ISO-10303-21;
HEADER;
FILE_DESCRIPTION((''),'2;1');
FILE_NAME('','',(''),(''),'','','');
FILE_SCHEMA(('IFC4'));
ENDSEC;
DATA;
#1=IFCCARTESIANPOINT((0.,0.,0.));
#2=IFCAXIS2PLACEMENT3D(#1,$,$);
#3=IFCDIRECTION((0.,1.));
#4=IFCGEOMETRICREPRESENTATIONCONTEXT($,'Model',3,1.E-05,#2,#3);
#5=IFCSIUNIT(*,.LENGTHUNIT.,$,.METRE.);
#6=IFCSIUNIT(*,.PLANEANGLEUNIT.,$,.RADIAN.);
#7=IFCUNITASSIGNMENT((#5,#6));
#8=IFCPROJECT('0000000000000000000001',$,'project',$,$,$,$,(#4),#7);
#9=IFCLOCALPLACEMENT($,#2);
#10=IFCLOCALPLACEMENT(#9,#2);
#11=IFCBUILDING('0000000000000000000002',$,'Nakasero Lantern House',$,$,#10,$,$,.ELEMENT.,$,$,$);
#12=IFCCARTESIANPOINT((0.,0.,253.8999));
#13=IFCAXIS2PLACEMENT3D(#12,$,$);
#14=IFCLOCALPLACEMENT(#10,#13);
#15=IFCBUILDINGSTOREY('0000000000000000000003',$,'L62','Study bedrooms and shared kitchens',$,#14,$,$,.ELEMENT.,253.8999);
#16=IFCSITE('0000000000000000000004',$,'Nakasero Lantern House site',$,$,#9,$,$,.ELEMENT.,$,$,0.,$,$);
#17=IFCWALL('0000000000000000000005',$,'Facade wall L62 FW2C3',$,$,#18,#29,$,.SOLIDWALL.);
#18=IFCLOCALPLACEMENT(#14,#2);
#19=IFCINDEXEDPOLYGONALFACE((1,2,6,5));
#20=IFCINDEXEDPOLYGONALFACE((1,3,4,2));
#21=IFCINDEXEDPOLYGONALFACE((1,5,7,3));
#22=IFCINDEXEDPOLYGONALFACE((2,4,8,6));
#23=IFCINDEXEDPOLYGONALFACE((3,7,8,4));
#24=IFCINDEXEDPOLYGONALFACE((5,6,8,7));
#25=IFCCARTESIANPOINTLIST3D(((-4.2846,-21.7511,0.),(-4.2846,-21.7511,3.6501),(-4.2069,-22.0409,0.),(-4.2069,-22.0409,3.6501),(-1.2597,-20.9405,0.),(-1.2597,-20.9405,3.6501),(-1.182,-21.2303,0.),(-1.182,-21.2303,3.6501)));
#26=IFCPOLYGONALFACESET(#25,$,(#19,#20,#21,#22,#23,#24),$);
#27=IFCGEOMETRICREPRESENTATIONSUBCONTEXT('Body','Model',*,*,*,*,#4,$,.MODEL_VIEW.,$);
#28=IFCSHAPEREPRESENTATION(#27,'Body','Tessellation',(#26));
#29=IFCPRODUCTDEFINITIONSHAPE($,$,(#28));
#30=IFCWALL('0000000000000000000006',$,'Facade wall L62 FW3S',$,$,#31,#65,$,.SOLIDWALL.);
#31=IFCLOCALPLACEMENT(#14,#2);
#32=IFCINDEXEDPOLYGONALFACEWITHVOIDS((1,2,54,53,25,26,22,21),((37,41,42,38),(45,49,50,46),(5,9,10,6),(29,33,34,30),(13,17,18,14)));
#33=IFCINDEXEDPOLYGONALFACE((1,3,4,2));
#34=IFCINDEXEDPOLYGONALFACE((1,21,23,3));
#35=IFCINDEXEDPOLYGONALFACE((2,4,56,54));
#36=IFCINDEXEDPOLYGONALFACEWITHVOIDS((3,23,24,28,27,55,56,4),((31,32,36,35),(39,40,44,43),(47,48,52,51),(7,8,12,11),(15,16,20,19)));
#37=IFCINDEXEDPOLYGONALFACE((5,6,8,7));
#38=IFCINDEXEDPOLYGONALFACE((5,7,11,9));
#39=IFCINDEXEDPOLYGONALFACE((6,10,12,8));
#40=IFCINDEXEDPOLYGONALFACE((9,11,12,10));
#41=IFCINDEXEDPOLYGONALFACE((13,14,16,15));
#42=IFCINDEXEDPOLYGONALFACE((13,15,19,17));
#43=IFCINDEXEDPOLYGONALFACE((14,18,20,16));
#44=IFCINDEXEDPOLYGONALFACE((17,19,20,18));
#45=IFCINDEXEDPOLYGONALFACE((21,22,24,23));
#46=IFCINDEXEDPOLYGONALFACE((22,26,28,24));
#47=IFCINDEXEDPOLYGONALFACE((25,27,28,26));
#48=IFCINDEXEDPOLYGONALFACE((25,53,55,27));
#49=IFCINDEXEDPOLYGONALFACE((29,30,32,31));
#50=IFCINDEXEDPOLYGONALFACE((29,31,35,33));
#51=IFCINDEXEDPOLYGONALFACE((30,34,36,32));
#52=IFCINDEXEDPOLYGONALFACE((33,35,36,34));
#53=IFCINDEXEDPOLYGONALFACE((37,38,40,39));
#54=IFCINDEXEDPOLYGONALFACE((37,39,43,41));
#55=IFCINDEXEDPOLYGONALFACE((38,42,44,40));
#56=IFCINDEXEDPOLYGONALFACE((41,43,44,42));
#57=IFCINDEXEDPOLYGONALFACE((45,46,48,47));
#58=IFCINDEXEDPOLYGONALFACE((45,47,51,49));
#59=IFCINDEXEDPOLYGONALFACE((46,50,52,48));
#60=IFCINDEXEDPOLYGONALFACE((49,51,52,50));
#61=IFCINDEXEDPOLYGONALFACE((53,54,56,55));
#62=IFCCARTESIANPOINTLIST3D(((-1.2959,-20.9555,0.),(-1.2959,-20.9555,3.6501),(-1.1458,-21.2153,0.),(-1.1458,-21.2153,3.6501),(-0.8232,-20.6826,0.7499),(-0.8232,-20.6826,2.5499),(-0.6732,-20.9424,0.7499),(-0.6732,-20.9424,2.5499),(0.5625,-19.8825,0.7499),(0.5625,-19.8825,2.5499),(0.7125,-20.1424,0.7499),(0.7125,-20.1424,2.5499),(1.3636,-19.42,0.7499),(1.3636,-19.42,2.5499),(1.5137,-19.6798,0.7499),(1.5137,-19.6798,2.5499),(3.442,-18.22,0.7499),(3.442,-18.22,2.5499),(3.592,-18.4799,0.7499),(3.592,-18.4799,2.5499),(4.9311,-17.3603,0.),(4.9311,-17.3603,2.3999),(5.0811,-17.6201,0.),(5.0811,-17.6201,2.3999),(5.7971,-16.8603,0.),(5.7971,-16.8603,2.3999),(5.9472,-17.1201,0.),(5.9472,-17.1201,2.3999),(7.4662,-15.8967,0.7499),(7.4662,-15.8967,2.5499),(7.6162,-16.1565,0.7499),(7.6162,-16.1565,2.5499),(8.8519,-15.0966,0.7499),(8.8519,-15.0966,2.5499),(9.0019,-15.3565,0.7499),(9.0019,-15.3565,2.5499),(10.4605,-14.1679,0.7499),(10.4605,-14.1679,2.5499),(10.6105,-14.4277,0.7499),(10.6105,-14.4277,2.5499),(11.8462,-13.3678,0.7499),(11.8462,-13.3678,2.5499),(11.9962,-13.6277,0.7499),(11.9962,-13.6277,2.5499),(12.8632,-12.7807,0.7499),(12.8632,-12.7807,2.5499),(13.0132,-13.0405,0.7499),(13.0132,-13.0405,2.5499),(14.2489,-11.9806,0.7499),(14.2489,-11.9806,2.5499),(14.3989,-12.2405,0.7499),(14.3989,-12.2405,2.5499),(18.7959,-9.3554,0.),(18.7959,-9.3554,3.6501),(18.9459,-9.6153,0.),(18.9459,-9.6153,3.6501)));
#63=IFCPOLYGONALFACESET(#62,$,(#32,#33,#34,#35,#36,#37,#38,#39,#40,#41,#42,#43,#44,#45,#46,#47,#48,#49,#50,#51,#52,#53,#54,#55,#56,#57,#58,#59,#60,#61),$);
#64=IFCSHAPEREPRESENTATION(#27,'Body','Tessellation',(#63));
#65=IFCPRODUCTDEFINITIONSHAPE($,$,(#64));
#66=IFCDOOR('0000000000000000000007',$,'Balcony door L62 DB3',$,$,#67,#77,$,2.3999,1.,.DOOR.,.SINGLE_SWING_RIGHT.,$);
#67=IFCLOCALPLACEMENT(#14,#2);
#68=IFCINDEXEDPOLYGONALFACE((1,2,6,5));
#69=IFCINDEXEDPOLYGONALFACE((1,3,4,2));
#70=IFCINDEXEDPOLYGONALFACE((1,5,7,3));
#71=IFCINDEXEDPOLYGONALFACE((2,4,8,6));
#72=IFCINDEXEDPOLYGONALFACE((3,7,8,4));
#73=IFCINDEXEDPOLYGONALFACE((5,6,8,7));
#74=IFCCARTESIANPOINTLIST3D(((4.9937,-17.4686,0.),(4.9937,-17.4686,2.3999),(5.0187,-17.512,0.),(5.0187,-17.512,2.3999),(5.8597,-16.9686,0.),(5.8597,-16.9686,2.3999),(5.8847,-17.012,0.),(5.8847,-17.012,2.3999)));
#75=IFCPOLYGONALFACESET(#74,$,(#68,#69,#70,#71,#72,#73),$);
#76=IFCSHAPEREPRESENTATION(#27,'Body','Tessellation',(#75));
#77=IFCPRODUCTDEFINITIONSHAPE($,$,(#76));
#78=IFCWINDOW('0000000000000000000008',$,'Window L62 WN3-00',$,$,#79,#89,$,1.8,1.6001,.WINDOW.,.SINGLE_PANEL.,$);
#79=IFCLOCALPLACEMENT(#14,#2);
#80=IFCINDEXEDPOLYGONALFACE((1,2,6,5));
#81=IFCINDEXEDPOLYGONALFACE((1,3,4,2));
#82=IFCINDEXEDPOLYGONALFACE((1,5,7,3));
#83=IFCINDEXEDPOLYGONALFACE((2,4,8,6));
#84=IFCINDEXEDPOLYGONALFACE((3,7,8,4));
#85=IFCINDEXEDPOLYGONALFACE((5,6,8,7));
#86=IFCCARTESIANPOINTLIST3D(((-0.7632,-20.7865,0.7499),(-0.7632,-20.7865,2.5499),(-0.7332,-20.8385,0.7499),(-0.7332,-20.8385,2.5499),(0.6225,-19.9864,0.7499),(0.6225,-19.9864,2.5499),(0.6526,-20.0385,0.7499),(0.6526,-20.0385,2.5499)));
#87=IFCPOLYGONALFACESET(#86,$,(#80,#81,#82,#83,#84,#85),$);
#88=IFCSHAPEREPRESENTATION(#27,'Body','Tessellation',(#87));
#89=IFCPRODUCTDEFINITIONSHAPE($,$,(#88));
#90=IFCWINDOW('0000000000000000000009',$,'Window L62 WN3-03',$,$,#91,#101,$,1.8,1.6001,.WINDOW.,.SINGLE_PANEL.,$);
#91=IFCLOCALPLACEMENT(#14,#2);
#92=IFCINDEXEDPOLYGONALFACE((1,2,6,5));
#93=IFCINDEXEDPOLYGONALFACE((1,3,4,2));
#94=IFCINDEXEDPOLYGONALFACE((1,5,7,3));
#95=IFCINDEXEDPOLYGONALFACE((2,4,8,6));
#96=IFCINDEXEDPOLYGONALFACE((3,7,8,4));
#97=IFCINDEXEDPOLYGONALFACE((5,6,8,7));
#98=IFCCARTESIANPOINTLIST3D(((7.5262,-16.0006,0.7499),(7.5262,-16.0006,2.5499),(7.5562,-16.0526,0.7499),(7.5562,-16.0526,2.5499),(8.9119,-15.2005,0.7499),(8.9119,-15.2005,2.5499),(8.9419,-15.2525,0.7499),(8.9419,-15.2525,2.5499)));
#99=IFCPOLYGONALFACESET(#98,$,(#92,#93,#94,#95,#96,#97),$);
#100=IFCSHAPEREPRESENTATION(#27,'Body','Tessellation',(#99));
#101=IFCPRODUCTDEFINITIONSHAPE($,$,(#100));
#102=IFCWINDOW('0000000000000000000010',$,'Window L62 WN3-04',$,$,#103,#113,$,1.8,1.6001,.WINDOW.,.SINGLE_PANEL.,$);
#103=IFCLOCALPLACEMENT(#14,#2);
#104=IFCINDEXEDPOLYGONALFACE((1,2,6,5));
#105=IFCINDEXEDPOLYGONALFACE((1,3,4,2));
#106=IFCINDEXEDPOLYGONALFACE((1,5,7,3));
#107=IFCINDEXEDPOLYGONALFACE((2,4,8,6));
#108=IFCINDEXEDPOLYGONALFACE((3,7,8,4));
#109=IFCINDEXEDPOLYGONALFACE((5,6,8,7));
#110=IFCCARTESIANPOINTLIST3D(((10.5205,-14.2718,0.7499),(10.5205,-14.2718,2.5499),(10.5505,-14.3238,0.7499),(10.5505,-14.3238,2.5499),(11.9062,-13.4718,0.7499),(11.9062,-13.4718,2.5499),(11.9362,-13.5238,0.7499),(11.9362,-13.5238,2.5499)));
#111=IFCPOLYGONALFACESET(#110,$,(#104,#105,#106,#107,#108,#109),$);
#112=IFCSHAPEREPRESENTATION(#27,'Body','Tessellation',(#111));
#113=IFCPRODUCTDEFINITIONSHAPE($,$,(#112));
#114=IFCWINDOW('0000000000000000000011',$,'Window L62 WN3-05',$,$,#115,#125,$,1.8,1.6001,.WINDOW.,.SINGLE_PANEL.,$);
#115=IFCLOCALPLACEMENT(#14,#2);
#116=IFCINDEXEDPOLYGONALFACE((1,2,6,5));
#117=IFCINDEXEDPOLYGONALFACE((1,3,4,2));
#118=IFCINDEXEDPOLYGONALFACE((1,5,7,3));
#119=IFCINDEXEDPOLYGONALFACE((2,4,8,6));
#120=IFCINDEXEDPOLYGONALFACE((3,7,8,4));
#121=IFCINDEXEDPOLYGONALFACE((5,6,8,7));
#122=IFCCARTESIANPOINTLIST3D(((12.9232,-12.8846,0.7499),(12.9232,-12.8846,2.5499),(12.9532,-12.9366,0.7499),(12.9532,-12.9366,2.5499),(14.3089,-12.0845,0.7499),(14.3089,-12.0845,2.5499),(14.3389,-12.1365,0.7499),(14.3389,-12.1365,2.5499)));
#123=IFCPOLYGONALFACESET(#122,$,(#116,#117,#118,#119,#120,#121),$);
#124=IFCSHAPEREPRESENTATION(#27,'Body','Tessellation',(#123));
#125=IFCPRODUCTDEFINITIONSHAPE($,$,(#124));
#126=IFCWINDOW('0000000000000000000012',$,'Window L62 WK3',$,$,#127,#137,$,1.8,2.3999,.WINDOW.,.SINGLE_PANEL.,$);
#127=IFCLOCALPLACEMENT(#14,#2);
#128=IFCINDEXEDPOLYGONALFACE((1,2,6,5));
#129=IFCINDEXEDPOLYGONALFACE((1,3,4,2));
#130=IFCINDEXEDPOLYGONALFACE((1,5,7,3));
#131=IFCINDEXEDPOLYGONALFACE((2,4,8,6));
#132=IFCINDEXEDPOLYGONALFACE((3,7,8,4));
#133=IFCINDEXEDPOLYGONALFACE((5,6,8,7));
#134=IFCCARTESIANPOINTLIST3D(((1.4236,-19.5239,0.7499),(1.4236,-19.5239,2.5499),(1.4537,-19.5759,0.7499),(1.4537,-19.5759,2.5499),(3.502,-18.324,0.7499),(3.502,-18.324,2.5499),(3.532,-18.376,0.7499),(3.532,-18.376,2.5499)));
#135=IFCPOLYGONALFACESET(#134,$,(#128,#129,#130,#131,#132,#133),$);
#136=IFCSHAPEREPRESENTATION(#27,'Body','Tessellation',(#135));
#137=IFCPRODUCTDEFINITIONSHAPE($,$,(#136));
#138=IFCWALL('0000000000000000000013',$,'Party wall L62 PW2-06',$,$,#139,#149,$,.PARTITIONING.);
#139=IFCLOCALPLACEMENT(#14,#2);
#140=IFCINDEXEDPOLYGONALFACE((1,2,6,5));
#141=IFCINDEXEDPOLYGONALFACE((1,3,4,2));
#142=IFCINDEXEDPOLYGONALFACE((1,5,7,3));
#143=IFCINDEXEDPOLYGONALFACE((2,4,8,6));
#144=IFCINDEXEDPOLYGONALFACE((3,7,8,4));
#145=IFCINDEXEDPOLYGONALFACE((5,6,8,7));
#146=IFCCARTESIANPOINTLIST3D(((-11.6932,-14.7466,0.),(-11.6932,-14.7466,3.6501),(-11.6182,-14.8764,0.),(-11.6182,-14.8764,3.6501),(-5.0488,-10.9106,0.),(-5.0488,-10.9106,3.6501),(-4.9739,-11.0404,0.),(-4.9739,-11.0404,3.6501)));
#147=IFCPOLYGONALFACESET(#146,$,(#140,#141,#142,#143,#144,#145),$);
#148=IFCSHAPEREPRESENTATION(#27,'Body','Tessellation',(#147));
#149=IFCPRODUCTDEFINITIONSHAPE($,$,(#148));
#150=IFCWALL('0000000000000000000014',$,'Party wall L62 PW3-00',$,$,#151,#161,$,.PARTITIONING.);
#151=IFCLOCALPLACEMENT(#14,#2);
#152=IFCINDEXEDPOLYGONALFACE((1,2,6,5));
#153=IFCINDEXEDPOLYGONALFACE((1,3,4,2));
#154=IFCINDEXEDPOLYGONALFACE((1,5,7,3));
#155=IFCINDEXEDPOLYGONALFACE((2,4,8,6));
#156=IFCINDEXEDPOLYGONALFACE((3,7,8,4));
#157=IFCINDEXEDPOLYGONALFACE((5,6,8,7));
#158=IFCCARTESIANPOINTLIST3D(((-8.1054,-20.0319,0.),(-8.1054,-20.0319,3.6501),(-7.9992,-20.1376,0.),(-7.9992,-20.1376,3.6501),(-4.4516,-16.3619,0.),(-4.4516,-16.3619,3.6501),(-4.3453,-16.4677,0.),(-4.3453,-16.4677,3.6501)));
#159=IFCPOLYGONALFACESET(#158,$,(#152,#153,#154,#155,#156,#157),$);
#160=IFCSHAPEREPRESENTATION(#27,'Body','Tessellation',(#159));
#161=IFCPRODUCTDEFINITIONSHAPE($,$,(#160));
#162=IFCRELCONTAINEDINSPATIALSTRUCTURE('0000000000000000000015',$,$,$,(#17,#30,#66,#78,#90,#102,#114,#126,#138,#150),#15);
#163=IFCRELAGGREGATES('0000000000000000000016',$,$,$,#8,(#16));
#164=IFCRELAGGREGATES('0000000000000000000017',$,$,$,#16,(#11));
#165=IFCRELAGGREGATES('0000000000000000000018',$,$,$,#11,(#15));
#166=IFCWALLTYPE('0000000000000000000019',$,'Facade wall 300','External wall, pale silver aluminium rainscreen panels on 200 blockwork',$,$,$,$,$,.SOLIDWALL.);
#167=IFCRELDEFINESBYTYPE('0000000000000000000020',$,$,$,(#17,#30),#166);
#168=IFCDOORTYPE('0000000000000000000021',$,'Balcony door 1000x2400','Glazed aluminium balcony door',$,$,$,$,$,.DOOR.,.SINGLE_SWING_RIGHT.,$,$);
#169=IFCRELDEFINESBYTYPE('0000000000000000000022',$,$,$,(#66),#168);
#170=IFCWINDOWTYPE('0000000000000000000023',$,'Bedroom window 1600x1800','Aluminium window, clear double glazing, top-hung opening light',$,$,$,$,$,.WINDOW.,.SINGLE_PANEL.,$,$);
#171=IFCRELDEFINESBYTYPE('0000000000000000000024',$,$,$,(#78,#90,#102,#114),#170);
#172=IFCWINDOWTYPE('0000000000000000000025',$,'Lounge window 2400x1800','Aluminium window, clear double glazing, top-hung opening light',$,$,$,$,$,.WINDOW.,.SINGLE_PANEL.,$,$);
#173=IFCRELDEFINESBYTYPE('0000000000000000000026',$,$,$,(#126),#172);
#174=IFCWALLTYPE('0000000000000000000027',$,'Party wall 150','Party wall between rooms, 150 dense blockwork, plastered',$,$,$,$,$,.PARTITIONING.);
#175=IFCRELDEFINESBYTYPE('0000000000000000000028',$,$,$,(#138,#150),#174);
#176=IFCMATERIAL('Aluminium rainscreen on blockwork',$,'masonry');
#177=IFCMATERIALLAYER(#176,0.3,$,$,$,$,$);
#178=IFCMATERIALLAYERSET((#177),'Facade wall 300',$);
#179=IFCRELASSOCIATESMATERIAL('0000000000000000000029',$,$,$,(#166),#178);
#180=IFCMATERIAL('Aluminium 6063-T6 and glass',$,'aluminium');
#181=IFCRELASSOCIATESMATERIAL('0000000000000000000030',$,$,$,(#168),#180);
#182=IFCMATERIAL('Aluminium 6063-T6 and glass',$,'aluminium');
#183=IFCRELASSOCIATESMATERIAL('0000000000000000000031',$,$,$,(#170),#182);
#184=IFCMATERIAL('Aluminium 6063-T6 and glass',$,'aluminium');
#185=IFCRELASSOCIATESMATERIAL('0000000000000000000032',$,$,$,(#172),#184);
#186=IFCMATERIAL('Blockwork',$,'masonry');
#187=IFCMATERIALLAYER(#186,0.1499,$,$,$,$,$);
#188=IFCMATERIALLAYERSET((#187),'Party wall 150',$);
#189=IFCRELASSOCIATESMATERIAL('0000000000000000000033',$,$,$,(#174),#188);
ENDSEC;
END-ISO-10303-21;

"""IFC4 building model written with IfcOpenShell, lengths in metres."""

from ifc_helpers import new_model, si_unit, direction, frame, frame_2d, origin, place, context, subcontext, project, spatial, rectangle, extrude, material, layer, layer_set, type_object, element, fill, save


model = new_model("IFC4")

# Units and contexts
model_context = context("Model", 3, precision=1e-05, world=origin(), true_north=direction((0.0, 1.0)))
body_context = subcontext(model_context, "Body", "Model", "MODEL_VIEW")
ifc_project = project(units=[si_unit("LENGTHUNIT", "METRE"), si_unit("PLANEANGLEUNIT", "RADIAN")], contexts=[model_context])

# Site, building, storey
site_placement = place(None, origin())
site = spatial("IfcSite", under=ifc_project, at=site_placement, Name="Nakasero Lantern House site", CompositionType="ELEMENT", RefElevation=0.0)
building_placement = place(site_placement, origin())
building = spatial("IfcBuilding", under=site, at=building_placement, Name="Nakasero Lantern House", CompositionType="ELEMENT")
storey_placement = place(building_placement, frame((0.0, 0.0, 253.8999)))
storey = spatial("IfcBuildingStorey", under=building, at=storey_placement, Name="L62", Description="Study bedrooms and shared kitchens", CompositionType="ELEMENT", Elevation=253.8999)

# Wall
ifc_material_1 = material(Name="Aluminium rainscreen on blockwork", Category="masonry")
ifc_layer_1 = layer(ifc_material_1, 0.3)
ifc_layer_set_1 = layer_set([ifc_layer_1], Name="Facade wall 300")
wall_type_1 = type_object("IfcWallType", Name="Facade wall 300", Description="External wall, pale silver aluminium rainscreen panels on 200 blockwork", PredefinedType="SOLIDWALL", material=ifc_layer_set_1)
wall_1_placement = place(storey_placement, frame((-4.2458, -21.896, 0.0), z_axis=(0.0, 0.0, 1.0), x_axis=(0.965924, 0.258827, 0.0)))
element("IfcWall", 1, at=wall_1_placement, inside=storey, type_object=wall_type_1, Name="Facade wall L62 FW2C3", PredefinedType="SOLIDWALL", context=body_context, shape_type="SweptSolid", body=[
    extrude(rectangle(XDim=3.1316, YDim=0.3, at=frame_2d((1.5659, 0.0))), origin(), (0.0, 0.0, 1.0), 3.6501),
])

# Wall, openings, door, windows
wall_2_placement = place(storey_placement, frame((-1.2209, -21.0854, 0.0), z_axis=(0.0, 0.0, 1.0), x_axis=(0.866024, 0.500003, 0.0)))
wall_2 = element("IfcWall", 2, at=wall_2_placement, inside=storey, type_object=wall_type_1, Name="Facade wall L62 FW3S", PredefinedType="SOLIDWALL", context=body_context, shape_type="SweptSolid", body=[
    extrude(rectangle(XDim=23.2, YDim=0.3, at=frame_2d((11.6001, 0.0))), origin(), (0.0, 0.0, 1.0), 3.6501),
])
opening_1_placement = place(wall_2_placement, frame((0.5459, 0.0, 0.75)))
opening_1 = element("IfcOpeningElement", 3, at=opening_1_placement, cuts=wall_2, PredefinedType="OPENING", context=body_context, shape_type="SweptSolid", body=[
    extrude(rectangle(XDim=1.6001, YDim=1.8, at=frame_2d((0.8, 0.8999))), frame((0.0, 0.1699, 0.0), z_axis=(0.0, -1.0, 0.0), x_axis=(1.0, 0.0, 0.0)), (0.0, 0.0, 1.0), 0.3401),
])
opening_2_placement = place(wall_2_placement, frame((10.1177, 0.0, 0.75)))
opening_2 = element("IfcOpeningElement", 4, at=opening_2_placement, cuts=wall_2, PredefinedType="OPENING", context=body_context, shape_type="SweptSolid", body=[
    extrude(rectangle(XDim=1.6001, YDim=1.8, at=frame_2d((0.8, 0.8999))), frame((0.0, 0.1699, 0.0), z_axis=(0.0, -1.0, 0.0), x_axis=(1.0, 0.0, 0.0)), (0.0, 0.0, 1.0), 0.3401),
])
opening_3_placement = place(wall_2_placement, frame((13.5752, 0.0, 0.75)))
opening_3 = element("IfcOpeningElement", 5, at=opening_3_placement, cuts=wall_2, PredefinedType="OPENING", context=body_context, shape_type="SweptSolid", body=[
    extrude(rectangle(XDim=1.6001, YDim=1.8, at=frame_2d((0.8, 0.8999))), frame((0.0, 0.1699, 0.0), z_axis=(0.0, -1.0, 0.0), x_axis=(1.0, 0.0, 0.0)), (0.0, 0.0, 1.0), 0.3401),
])
opening_4_placement = place(wall_2_placement, frame((16.3496, 0.0, 0.75)))
opening_4 = element("IfcOpeningElement", 6, at=opening_4_placement, cuts=wall_2, PredefinedType="OPENING", context=body_context, shape_type="SweptSolid", body=[
    extrude(rectangle(XDim=1.6001, YDim=1.8, at=frame_2d((0.8, 0.8999))), frame((0.0, 0.1699, 0.0), z_axis=(0.0, -1.0, 0.0), x_axis=(1.0, 0.0, 0.0)), (0.0, 0.0, 1.0), 0.3401),
])
opening_5_placement = place(wall_2_placement, frame((3.071, 0.0, 0.75)))
opening_5 = element("IfcOpeningElement", 7, at=opening_5_placement, cuts=wall_2, PredefinedType="OPENING", context=body_context, shape_type="SweptSolid", body=[
    extrude(rectangle(XDim=2.3999, YDim=1.8, at=frame_2d((1.2, 0.8999))), frame((0.0, 0.1699, 0.0), z_axis=(0.0, -1.0, 0.0), x_axis=(1.0, 0.0, 0.0)), (0.0, 0.0, 1.0), 0.3401),
])
opening_6_placement = place(wall_2_placement, frame((7.1904, 0.0, 0.0)))
opening_6 = element("IfcOpeningElement", 8, at=opening_6_placement, cuts=wall_2, PredefinedType="OPENING", context=body_context, shape_type="SweptSolid", body=[
    extrude(rectangle(XDim=1.0, YDim=2.3999, at=frame_2d((0.5, 1.2))), frame((0.0, 0.1699, 0.0), z_axis=(0.0, -1.0, 0.0), x_axis=(1.0, 0.0, 0.0)), (0.0, 0.0, 1.0), 0.3401),
])
ifc_material_2 = material(Name="Aluminium 6063-T6 and glass", Category="aluminium")
door_type_1 = type_object("IfcDoorType", Name="Balcony door 1000x2400", Description="Glazed aluminium balcony door", OperationType="SINGLE_SWING_RIGHT", PredefinedType="DOOR", material=ifc_material_2)
door_1_placement = place(opening_6_placement, origin())
door_1 = element("IfcDoor", 9, at=door_1_placement, inside=storey, type_object=door_type_1, Name="Balcony door L62 DB3", OperationType="SINGLE_SWING_RIGHT", OverallHeight=2.3999, OverallWidth=1.0, PredefinedType="DOOR", context=body_context, shape_type="SweptSolid", body=[
    extrude(rectangle(XDim=1.0, YDim=2.3999, at=frame_2d((0.5, 1.2))), frame((0.0, 0.0249, 0.0), z_axis=(0.0, -1.0, 0.0), x_axis=(1.0, 0.0, 0.0)), (0.0, 0.0, 1.0), 0.05),
])
fill(opening_6, door_1)
ifc_material_3 = material(Name="Aluminium 6063-T6 and glass", Category="aluminium")
window_type_1 = type_object("IfcWindowType", Name="Bedroom window 1600x1800", Description="Aluminium window, clear double glazing, top-hung opening light", PartitioningType="SINGLE_PANEL", PredefinedType="WINDOW", material=ifc_material_3)
window_1_placement = place(opening_1_placement, origin())
window_1 = element("IfcWindow", 10, at=window_1_placement, inside=storey, type_object=window_type_1, Name="Window L62 WN3-00", OverallHeight=1.8, OverallWidth=1.6001, PartitioningType="SINGLE_PANEL", PredefinedType="WINDOW", context=body_context, shape_type="SweptSolid", body=[
    extrude(rectangle(XDim=1.6001, YDim=1.8, at=frame_2d((0.8, 0.8999))), frame((0.0, 0.03, 0.0), z_axis=(0.0, -1.0, 0.0), x_axis=(1.0, 0.0, 0.0)), (0.0, 0.0, 1.0), 0.0601),
])
fill(opening_1, window_1)
window_2_placement = place(opening_2_placement, origin())
window_2 = element("IfcWindow", 11, at=window_2_placement, inside=storey, type_object=window_type_1, Name="Window L62 WN3-03", OverallHeight=1.8, OverallWidth=1.6001, PartitioningType="SINGLE_PANEL", PredefinedType="WINDOW", context=body_context, shape_type="SweptSolid", body=[
    extrude(rectangle(XDim=1.6001, YDim=1.8, at=frame_2d((0.8, 0.8999))), frame((0.0, 0.03, 0.0), z_axis=(0.0, -1.0, 0.0), x_axis=(1.0, 0.0, 0.0)), (0.0, 0.0, 1.0), 0.0601),
])
fill(opening_2, window_2)
window_3_placement = place(opening_3_placement, origin())
window_3 = element("IfcWindow", 12, at=window_3_placement, inside=storey, type_object=window_type_1, Name="Window L62 WN3-04", OverallHeight=1.8, OverallWidth=1.6001, PartitioningType="SINGLE_PANEL", PredefinedType="WINDOW", context=body_context, shape_type="SweptSolid", body=[
    extrude(rectangle(XDim=1.6001, YDim=1.8, at=frame_2d((0.8, 0.8999))), frame((0.0, 0.03, 0.0), z_axis=(0.0, -1.0, 0.0), x_axis=(1.0, 0.0, 0.0)), (0.0, 0.0, 1.0), 0.0601),
])
fill(opening_3, window_3)
window_4_placement = place(opening_4_placement, origin())
window_4 = element("IfcWindow", 13, at=window_4_placement, inside=storey, type_object=window_type_1, Name="Window L62 WN3-05", OverallHeight=1.8, OverallWidth=1.6001, PartitioningType="SINGLE_PANEL", PredefinedType="WINDOW", context=body_context, shape_type="SweptSolid", body=[
    extrude(rectangle(XDim=1.6001, YDim=1.8, at=frame_2d((0.8, 0.8999))), frame((0.0, 0.03, 0.0), z_axis=(0.0, -1.0, 0.0), x_axis=(1.0, 0.0, 0.0)), (0.0, 0.0, 1.0), 0.0601),
])
fill(opening_4, window_4)
ifc_material_4 = material(Name="Aluminium 6063-T6 and glass", Category="aluminium")
window_type_2 = type_object("IfcWindowType", Name="Lounge window 2400x1800", Description="Aluminium window, clear double glazing, top-hung opening light", PartitioningType="SINGLE_PANEL", PredefinedType="WINDOW", material=ifc_material_4)
window_5_placement = place(opening_5_placement, origin())
window_5 = element("IfcWindow", 14, at=window_5_placement, inside=storey, type_object=window_type_2, Name="Window L62 WK3", OverallHeight=1.8, OverallWidth=2.3999, PartitioningType="SINGLE_PANEL", PredefinedType="WINDOW", context=body_context, shape_type="SweptSolid", body=[
    extrude(rectangle(XDim=2.3999, YDim=1.8, at=frame_2d((1.2, 0.8999))), frame((0.0, 0.03, 0.0), z_axis=(0.0, -1.0, 0.0), x_axis=(1.0, 0.0, 0.0)), (0.0, 0.0, 1.0), 0.0601),
])
fill(opening_5, window_5)

# Walls
ifc_material_5 = material(Name="Blockwork", Category="masonry")
ifc_layer_2 = layer(ifc_material_5, 0.1499)
ifc_layer_set_2 = layer_set([ifc_layer_2], Name="Party wall 150")
wall_type_2 = type_object("IfcWallType", Name="Party wall 150", Description="Party wall between rooms, 150 dense blockwork, plastered", PredefinedType="PARTITIONING", material=ifc_layer_set_2)
wall_3_placement = place(storey_placement, frame((-5.0115, -10.9756, 0.0), z_axis=(0.0, 0.0, 1.0), x_axis=(-0.866034, -0.499986, 0.0)))
element("IfcWall", 15, at=wall_3_placement, inside=storey, type_object=wall_type_2, Name="Party wall L62 PW2-06", PredefinedType="PARTITIONING", context=body_context, shape_type="SweptSolid", body=[
    extrude(rectangle(XDim=7.6721, YDim=0.1499, at=frame_2d((3.8359, 0.0))), origin(), (0.0, 0.0, 1.0), 3.6501),
])
wall_4_placement = place(storey_placement, frame((-4.3984, -16.4148, 0.0), z_axis=(0.0, 0.0, 1.0), x_axis=(-0.705549, -0.708661, 0.0)))
element("IfcWall", 16, at=wall_4_placement, inside=storey, type_object=wall_type_2, Name="Party wall L62 PW3-00", PredefinedType="PARTITIONING", context=body_context, shape_type="SweptSolid", body=[
    extrude(rectangle(XDim=5.1787, YDim=0.1499, at=frame_2d((2.5894, 0.0))), origin(), (0.0, 0.0, 1.0), 3.6501),
])

save(model, "model.ifc")
